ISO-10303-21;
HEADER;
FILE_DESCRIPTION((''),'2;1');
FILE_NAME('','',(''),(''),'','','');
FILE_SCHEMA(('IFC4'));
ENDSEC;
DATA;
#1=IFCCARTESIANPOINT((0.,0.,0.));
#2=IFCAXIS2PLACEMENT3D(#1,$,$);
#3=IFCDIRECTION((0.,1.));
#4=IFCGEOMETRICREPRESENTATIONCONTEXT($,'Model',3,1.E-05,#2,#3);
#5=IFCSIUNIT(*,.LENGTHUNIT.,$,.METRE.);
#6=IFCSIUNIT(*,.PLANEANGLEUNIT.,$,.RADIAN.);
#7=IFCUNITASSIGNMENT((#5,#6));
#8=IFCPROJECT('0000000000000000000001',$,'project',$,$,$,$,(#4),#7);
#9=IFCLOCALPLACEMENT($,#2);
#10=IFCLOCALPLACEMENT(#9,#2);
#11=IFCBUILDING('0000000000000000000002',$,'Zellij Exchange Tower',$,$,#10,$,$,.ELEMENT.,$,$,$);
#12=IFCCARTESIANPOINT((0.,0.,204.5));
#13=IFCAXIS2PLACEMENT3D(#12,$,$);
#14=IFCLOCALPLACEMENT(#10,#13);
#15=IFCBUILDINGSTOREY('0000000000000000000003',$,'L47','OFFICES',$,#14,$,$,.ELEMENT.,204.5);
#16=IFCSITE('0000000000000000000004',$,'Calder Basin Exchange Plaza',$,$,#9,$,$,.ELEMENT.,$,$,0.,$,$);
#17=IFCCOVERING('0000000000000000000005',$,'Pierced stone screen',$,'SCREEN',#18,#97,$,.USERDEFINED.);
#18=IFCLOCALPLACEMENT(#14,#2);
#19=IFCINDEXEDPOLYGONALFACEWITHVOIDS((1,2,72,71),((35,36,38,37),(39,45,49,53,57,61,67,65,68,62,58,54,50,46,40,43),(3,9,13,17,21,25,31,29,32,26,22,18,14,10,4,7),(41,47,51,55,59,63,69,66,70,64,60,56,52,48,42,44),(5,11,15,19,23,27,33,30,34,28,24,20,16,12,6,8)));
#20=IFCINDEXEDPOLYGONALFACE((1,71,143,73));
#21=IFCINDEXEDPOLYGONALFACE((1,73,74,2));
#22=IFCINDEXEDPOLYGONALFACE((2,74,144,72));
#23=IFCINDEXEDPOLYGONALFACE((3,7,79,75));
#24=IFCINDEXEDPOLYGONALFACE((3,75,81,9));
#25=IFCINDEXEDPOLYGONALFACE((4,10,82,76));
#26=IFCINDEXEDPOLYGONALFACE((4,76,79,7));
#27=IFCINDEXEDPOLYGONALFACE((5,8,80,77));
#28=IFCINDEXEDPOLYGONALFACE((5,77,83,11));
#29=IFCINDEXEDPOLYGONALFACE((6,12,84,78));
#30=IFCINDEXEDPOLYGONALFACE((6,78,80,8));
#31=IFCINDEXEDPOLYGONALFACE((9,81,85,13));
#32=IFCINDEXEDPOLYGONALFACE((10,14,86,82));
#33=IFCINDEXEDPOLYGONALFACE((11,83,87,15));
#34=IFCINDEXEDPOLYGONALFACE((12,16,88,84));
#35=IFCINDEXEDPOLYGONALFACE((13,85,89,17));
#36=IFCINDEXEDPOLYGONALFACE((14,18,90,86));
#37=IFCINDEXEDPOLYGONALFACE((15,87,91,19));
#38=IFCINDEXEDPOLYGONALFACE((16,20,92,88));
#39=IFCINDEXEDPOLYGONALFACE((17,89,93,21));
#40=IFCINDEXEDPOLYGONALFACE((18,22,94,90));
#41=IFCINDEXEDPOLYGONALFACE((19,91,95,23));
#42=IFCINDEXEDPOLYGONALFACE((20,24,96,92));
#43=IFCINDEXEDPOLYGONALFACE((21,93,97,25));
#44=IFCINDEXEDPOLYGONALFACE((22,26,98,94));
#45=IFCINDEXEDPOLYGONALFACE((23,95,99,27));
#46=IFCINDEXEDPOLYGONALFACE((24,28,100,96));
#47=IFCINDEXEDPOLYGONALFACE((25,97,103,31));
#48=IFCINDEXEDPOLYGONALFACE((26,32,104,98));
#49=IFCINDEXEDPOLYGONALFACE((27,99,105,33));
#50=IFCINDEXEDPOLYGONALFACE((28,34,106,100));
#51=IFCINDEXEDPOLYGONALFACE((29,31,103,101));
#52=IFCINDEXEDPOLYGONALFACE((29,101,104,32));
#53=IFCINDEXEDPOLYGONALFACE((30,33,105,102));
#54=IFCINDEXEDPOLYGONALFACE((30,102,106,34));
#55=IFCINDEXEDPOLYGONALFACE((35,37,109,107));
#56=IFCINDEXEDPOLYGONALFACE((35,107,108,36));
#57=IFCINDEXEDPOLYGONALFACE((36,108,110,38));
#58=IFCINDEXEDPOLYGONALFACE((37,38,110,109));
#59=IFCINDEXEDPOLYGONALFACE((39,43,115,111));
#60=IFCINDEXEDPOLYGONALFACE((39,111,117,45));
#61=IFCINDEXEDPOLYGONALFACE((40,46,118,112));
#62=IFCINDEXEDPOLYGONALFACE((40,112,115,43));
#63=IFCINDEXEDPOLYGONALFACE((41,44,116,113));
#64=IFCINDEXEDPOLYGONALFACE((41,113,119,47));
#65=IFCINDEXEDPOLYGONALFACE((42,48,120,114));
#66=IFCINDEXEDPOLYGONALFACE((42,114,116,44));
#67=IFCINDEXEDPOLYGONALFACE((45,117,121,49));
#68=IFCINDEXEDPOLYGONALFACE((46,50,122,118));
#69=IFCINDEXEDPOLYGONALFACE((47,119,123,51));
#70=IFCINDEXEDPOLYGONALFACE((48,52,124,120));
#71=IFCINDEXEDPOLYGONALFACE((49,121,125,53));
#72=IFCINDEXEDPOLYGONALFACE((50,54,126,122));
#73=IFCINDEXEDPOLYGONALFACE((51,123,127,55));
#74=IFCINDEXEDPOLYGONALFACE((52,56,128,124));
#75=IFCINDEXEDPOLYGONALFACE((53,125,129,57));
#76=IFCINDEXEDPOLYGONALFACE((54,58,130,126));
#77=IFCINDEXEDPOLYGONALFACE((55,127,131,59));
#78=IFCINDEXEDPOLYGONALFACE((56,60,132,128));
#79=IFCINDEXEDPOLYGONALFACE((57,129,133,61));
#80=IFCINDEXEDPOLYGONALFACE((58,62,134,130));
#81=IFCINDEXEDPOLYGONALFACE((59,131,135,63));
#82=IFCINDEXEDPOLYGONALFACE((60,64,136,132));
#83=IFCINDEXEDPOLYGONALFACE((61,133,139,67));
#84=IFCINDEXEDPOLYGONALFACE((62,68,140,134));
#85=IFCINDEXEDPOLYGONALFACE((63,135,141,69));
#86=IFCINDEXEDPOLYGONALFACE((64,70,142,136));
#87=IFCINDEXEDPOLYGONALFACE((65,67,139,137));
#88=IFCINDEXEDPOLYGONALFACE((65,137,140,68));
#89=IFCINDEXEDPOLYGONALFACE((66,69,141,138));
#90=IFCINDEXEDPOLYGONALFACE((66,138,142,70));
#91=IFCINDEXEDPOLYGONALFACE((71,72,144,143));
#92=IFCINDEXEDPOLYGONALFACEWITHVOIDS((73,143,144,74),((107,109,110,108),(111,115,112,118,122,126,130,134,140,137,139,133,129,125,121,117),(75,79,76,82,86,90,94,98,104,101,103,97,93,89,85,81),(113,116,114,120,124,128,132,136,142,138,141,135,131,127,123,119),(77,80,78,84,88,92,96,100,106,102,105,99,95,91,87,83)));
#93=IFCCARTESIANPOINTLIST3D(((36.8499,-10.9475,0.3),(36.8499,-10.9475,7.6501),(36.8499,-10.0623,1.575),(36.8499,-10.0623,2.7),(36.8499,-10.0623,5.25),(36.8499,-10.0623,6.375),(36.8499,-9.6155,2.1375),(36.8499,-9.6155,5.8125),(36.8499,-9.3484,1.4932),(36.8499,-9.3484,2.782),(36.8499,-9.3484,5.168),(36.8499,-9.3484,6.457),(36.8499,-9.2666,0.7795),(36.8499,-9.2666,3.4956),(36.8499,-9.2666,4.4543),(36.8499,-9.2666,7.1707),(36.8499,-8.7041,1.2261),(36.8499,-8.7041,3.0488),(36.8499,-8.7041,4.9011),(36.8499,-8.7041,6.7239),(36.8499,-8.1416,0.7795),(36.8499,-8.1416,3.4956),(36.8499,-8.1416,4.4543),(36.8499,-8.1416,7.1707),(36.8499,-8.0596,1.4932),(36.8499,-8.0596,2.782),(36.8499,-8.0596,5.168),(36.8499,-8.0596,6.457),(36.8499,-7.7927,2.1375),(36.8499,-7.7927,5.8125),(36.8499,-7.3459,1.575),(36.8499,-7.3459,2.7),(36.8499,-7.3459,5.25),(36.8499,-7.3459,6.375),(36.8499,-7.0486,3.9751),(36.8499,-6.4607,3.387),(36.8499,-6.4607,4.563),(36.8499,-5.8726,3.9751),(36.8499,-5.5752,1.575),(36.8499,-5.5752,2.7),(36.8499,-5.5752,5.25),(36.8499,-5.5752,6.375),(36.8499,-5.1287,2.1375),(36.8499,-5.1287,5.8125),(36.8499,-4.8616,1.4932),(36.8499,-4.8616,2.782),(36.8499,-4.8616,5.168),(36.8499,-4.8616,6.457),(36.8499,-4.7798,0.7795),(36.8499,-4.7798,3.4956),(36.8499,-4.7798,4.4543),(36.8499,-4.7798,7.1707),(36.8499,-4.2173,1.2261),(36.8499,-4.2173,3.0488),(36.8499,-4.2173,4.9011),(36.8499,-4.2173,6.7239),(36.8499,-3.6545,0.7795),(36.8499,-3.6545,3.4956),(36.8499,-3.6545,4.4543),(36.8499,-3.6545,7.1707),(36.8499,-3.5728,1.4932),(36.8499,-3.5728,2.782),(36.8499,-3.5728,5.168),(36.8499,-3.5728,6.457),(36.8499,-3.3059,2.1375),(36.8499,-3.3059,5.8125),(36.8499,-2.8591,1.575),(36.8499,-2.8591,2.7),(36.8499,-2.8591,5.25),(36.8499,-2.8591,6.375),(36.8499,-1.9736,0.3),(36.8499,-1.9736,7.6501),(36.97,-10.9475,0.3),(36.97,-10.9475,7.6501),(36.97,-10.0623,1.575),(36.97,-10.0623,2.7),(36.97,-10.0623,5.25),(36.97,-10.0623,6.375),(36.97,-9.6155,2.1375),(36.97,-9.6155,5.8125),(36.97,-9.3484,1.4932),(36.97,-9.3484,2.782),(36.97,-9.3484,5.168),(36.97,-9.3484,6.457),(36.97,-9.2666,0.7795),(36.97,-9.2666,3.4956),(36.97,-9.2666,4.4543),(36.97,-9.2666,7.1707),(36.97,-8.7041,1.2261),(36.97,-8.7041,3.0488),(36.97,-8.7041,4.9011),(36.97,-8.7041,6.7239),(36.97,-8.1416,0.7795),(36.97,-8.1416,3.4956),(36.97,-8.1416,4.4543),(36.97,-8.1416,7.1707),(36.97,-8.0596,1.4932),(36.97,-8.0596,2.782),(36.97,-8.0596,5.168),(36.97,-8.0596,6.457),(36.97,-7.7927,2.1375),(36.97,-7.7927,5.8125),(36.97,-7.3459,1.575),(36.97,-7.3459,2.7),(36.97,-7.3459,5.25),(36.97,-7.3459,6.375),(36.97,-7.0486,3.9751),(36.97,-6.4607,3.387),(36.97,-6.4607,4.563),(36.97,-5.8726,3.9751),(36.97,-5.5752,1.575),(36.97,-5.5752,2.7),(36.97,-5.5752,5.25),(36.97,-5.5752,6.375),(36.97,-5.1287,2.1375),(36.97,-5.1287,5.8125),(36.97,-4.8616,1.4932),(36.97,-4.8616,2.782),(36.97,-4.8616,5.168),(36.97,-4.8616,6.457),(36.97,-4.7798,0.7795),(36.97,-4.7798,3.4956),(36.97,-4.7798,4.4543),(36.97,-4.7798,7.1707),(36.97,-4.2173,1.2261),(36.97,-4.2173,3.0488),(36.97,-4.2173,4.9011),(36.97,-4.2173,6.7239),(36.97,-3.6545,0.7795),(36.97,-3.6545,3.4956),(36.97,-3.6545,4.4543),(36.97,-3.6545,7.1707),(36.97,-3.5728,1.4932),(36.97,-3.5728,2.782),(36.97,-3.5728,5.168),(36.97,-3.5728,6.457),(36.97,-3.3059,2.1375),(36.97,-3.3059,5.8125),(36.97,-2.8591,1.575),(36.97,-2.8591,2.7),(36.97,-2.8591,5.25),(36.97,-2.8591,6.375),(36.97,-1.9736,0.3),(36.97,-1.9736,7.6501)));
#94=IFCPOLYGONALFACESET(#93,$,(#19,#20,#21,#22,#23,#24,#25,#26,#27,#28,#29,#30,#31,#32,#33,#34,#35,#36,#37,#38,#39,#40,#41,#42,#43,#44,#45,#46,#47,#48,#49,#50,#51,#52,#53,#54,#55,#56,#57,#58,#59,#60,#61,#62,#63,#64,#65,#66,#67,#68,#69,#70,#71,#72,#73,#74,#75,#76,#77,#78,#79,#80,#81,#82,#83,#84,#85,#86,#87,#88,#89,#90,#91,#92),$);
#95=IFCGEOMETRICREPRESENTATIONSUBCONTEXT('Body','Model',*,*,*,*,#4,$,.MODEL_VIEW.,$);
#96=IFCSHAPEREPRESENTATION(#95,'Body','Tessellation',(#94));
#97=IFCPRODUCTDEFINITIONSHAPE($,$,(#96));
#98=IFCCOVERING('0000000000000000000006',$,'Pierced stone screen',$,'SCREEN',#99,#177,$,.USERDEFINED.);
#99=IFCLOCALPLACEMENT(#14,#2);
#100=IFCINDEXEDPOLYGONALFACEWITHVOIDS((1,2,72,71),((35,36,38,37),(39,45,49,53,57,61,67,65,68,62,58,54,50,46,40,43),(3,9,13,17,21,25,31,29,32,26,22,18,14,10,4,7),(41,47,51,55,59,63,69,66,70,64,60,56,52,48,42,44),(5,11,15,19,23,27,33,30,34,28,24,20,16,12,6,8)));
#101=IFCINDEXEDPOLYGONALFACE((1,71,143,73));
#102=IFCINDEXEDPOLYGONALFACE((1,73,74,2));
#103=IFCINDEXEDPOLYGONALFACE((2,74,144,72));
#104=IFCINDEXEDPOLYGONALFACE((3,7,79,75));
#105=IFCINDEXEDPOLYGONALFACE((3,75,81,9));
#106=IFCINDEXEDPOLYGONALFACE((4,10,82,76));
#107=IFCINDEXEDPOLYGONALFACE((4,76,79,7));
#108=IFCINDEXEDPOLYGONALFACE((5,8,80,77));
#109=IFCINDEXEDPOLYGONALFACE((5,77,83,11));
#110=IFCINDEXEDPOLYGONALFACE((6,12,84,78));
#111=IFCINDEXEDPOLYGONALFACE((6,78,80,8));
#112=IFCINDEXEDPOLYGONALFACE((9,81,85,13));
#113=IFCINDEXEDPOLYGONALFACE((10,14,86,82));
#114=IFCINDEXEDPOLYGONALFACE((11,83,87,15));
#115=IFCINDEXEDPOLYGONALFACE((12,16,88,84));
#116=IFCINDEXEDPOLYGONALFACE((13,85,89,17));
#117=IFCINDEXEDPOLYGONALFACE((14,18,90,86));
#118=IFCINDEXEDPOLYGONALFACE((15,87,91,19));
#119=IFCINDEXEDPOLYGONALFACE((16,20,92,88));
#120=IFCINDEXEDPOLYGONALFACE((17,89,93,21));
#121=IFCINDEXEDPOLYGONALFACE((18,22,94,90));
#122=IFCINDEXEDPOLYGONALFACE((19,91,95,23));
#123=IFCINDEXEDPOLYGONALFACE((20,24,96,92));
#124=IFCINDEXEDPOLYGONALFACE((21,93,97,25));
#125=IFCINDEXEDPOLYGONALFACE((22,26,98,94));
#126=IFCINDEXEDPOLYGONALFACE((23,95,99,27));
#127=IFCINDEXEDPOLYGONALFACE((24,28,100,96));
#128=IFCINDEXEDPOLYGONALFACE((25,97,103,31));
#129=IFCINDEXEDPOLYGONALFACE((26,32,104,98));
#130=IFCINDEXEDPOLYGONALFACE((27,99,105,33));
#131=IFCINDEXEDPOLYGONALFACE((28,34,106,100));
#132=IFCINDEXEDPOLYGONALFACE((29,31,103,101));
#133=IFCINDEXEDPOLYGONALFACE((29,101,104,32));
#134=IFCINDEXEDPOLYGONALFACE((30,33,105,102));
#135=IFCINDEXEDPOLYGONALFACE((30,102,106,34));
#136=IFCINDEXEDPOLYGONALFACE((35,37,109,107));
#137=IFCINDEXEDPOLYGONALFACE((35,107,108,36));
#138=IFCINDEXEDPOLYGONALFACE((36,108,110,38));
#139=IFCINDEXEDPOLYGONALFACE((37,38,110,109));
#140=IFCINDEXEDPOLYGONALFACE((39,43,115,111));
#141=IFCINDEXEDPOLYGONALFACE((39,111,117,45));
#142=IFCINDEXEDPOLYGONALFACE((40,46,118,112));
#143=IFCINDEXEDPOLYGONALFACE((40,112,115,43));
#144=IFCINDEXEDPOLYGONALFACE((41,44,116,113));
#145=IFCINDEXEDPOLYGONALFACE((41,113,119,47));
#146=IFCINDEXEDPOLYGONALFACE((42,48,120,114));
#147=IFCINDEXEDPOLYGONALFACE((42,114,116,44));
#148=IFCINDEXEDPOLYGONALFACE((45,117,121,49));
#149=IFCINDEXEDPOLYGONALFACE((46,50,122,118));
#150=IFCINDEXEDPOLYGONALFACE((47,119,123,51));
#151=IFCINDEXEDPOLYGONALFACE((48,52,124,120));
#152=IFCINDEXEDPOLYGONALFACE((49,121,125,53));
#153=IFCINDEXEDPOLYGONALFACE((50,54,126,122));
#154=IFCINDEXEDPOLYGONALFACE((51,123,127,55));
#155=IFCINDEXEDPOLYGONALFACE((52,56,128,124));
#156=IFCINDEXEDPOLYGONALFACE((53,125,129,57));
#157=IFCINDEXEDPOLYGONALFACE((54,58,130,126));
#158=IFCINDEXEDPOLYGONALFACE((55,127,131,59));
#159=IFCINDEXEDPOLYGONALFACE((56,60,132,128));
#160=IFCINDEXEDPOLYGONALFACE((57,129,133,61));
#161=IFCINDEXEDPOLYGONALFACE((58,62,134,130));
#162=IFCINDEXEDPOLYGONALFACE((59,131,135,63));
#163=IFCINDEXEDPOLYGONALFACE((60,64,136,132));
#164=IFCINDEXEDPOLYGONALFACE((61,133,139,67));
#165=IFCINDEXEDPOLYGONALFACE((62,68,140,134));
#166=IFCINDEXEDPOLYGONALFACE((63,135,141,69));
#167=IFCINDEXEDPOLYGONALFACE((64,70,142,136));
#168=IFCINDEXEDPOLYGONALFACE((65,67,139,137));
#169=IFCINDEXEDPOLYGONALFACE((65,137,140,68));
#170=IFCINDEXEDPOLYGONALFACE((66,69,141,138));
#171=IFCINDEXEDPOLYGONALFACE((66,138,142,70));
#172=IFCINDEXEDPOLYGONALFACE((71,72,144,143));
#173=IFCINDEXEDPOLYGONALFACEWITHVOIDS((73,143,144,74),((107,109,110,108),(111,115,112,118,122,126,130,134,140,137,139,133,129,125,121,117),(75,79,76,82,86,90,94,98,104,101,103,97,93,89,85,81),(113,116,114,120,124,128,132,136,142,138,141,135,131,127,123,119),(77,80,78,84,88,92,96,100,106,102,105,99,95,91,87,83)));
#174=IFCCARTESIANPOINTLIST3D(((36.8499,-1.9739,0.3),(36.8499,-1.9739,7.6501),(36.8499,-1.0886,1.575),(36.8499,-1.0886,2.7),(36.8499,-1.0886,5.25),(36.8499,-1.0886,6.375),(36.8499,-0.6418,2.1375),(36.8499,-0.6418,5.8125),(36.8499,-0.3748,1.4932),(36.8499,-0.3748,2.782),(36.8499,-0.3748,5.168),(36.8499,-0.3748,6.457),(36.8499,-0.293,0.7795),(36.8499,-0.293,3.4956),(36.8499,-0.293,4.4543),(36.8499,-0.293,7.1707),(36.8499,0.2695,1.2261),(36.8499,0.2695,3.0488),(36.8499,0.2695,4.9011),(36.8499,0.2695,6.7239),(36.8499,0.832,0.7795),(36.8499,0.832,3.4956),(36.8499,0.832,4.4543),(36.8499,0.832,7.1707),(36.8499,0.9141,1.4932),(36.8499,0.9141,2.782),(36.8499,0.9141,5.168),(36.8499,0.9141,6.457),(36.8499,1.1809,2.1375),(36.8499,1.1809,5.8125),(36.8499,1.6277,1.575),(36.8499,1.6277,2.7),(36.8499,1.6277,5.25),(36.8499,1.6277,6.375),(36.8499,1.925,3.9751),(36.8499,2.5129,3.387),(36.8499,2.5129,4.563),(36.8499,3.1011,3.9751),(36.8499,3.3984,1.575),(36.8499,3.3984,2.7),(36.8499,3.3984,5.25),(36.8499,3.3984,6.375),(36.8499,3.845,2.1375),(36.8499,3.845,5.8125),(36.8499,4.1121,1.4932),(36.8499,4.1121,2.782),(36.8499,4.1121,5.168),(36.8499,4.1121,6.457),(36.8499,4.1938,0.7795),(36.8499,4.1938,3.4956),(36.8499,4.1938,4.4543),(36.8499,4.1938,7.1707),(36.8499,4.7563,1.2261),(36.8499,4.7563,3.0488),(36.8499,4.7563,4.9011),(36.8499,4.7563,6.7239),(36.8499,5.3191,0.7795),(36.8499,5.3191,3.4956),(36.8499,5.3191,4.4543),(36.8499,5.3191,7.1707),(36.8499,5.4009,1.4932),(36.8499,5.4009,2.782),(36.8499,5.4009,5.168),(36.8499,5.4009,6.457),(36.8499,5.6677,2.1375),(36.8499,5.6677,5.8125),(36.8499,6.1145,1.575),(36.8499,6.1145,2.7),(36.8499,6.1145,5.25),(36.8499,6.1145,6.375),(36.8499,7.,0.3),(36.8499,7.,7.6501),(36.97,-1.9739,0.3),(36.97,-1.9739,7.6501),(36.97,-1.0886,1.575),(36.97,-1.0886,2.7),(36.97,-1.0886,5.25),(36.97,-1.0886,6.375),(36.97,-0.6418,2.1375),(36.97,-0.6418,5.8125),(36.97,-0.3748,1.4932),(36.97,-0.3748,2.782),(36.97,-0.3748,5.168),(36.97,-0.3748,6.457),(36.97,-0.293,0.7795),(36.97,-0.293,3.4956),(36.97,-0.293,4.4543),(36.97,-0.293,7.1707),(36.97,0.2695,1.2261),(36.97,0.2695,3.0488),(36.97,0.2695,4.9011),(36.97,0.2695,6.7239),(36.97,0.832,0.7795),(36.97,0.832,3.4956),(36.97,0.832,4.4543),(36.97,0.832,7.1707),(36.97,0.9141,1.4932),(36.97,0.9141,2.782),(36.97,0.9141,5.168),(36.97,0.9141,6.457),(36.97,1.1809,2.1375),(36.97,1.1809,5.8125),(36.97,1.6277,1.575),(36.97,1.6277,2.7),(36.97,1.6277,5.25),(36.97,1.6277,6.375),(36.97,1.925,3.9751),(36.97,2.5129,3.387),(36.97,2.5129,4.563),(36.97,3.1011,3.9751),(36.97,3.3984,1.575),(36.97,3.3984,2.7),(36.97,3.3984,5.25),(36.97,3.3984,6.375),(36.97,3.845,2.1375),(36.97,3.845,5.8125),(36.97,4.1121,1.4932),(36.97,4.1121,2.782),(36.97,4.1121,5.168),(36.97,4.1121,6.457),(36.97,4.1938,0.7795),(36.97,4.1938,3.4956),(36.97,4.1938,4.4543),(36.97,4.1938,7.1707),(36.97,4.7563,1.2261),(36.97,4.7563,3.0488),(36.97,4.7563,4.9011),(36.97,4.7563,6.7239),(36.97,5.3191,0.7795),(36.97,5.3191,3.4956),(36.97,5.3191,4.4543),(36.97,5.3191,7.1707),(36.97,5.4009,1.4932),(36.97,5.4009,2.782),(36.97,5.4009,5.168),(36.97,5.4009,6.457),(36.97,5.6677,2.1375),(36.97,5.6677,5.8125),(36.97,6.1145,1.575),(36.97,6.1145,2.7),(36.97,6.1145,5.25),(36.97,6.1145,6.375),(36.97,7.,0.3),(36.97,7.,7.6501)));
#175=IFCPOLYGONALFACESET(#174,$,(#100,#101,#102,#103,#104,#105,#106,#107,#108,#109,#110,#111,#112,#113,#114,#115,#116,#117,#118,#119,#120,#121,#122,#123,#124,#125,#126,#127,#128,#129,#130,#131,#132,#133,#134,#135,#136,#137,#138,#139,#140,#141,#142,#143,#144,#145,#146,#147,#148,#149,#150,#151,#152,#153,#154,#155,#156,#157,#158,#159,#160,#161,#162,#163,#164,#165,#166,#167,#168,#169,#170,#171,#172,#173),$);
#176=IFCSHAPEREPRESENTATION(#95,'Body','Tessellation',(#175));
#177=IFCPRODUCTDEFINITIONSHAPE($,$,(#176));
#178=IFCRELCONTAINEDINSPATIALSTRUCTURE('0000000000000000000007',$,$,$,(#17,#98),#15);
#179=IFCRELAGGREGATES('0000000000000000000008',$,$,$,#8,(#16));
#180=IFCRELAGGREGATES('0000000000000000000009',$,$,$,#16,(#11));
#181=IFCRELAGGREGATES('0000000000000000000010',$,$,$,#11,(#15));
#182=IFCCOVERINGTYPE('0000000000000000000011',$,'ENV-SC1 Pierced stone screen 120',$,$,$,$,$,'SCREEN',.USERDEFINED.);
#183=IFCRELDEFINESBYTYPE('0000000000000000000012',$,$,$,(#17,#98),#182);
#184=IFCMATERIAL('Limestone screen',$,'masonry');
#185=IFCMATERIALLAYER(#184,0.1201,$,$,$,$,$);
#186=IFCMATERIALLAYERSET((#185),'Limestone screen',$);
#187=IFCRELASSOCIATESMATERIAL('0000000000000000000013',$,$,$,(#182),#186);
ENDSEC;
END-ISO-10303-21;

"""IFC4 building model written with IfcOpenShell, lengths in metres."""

from ifc_helpers import new_model, si_unit, direction, frame, origin, place, context, subcontext, project, spatial, polyline, outline, extrude, material, layer, layer_set, type_object, element, save


model = new_model("IFC4")

# Units and contexts
model_context = context("Model", 3, precision=1e-05, world=origin(), true_north=direction((0.0, 1.0)))
body_context = subcontext(model_context, "Body", "Model", "MODEL_VIEW")
ifc_project = project(units=[si_unit("LENGTHUNIT", "METRE"), si_unit("PLANEANGLEUNIT", "RADIAN")], contexts=[model_context])

# Site, building, storey
site_placement = place(None, origin())
site = spatial("IfcSite", under=ifc_project, at=site_placement, Name="Calder Basin Exchange Plaza", CompositionType="ELEMENT", RefElevation=0.0)
building_placement = place(site_placement, origin())
building = spatial("IfcBuilding", under=site, at=building_placement, Name="Zellij Exchange Tower", CompositionType="ELEMENT")
storey_placement = place(building_placement, frame((0.0, 0.0, 204.5)))
storey = spatial("IfcBuildingStorey", under=building, at=storey_placement, Name="L47", Description="OFFICES", CompositionType="ELEMENT", Elevation=204.5)

# Coverings
ifc_material_1 = material(Name="Limestone screen", Category="masonry")
ifc_layer_1 = layer(ifc_material_1, 0.1201)
ifc_layer_set_1 = layer_set([ifc_layer_1], Name="Limestone screen")
covering_type = type_object("IfcCoveringType", Name="ENV-SC1 Pierced stone screen 120", ElementType="SCREEN", PredefinedType="USERDEFINED", material=ifc_layer_set_1)
covering_1_placement = place(storey_placement, frame((36.9099, -10.9475, 0.3), z_axis=(0.0, 0.0, 1.0), x_axis=(0.0, 1.0, 0.0)))
element("IfcCovering", 1, at=covering_1_placement, inside=storey, type_object=covering_type, Name="Pierced stone screen", ObjectType="SCREEN", PredefinedType="USERDEFINED", context=body_context, shape_type="SweptSolid", body=[
    extrude(outline(polyline([(0.0, 0.0), (8.9739, 0.0), (8.9739, 7.3501), (0.0, 7.3501), (0.0, 0.0)]), holes=[polyline([(3.6016, 2.3999), (2.8879, 2.4819), (2.8059, 3.1956), (2.2434, 2.7488), (1.6809, 3.1956), (1.5991, 2.4819), (0.8853, 2.3999), (1.332, 1.8374), (0.8853, 1.2749), (1.5991, 1.1931), (1.6809, 0.4795), (2.2434, 0.926), (2.8059, 0.4795), (2.8879, 1.1931), (3.6016, 1.2749), (3.1548, 1.8374), (3.6016, 2.3999)]), polyline([(3.6016, 6.075), (2.8879, 6.157), (2.8059, 6.8706), (2.2434, 6.4238), (1.6809, 6.8706), (1.5991, 6.157), (0.8853, 6.075), (1.332, 5.5125), (0.8853, 4.95), (1.5991, 4.8679), (1.6809, 4.1543), (2.2434, 4.6011), (2.8059, 4.1543), (2.8879, 4.8679), (3.6016, 4.95), (3.1548, 5.5125), (3.6016, 6.075)]), polyline([(8.0884, 2.3999), (7.3748, 2.4819), (7.293, 3.1956), (6.7302, 2.7488), (6.1677, 3.1956), (6.0859, 2.4819), (5.3723, 2.3999), (5.8188, 1.8374), (5.3723, 1.2749), (6.0859, 1.1931), (6.1677, 0.4795), (6.7302, 0.926), (7.293, 0.4795), (7.3748, 1.1931), (8.0884, 1.2749), (7.6416, 1.8374), (8.0884, 2.3999)]), polyline([(8.0884, 6.075), (7.3748, 6.157), (7.293, 6.8706), (6.7302, 6.4238), (6.1677, 6.8706), (6.0859, 6.157), (5.3723, 6.075), (5.8188, 5.5125), (5.3723, 4.95), (6.0859, 4.8679), (6.1677, 4.1543), (6.7302, 4.6011), (7.293, 4.1543), (7.3748, 4.8679), (8.0884, 4.95), (7.6416, 5.5125), (8.0884, 6.075)]), polyline([(5.075, 3.675), (4.4868, 4.2629), (3.8989, 3.675), (4.4868, 3.0869), (5.075, 3.675)])]), frame((0.0, 0.0601, 0.0), z_axis=(0.0, -1.0, 0.0), x_axis=(1.0, 0.0, 0.0)), (0.0, 0.0, 1.0), 0.1201),
])
covering_2_placement = place(storey_placement, frame((36.9099, -1.9739, 0.3), z_axis=(0.0, 0.0, 1.0), x_axis=(0.0, 1.0, 0.0)))
element("IfcCovering", 2, at=covering_2_placement, inside=storey, type_object=covering_type, Name="Pierced stone screen", ObjectType="SCREEN", PredefinedType="USERDEFINED", context=body_context, shape_type="SweptSolid", body=[
    extrude(outline(polyline([(0.0, 0.0), (8.9739, 0.0), (8.9739, 7.3501), (0.0, 7.3501), (0.0, 0.0)]), holes=[polyline([(3.6016, 2.3999), (2.8879, 2.4819), (2.8059, 3.1956), (2.2434, 2.7488), (1.6809, 3.1956), (1.5991, 2.4819), (0.8853, 2.3999), (1.332, 1.8374), (0.8853, 1.2749), (1.5991, 1.1931), (1.6809, 0.4795), (2.2434, 0.926), (2.8059, 0.4795), (2.8879, 1.1931), (3.6016, 1.2749), (3.1548, 1.8374), (3.6016, 2.3999)]), polyline([(3.6016, 6.075), (2.8879, 6.157), (2.8059, 6.8706), (2.2434, 6.4238), (1.6809, 6.8706), (1.5991, 6.157), (0.8853, 6.075), (1.332, 5.5125), (0.8853, 4.95), (1.5991, 4.8679), (1.6809, 4.1543), (2.2434, 4.6011), (2.8059, 4.1543), (2.8879, 4.8679), (3.6016, 4.95), (3.1548, 5.5125), (3.6016, 6.075)]), polyline([(8.0884, 2.3999), (7.3748, 2.4819), (7.293, 3.1956), (6.7302, 2.7488), (6.1677, 3.1956), (6.0859, 2.4819), (5.3723, 2.3999), (5.8188, 1.8374), (5.3723, 1.2749), (6.0859, 1.1931), (6.1677, 0.4795), (6.7302, 0.926), (7.293, 0.4795), (7.3748, 1.1931), (8.0884, 1.2749), (7.6416, 1.8374), (8.0884, 2.3999)]), polyline([(8.0884, 6.075), (7.3748, 6.157), (7.293, 6.8706), (6.7302, 6.4238), (6.1677, 6.8706), (6.0859, 6.157), (5.3723, 6.075), (5.8188, 5.5125), (5.3723, 4.95), (6.0859, 4.8679), (6.1677, 4.1543), (6.7302, 4.6011), (7.293, 4.1543), (7.3748, 4.8679), (8.0884, 4.95), (7.6416, 5.5125), (8.0884, 6.075)]), polyline([(5.075, 3.675), (4.4868, 4.2629), (3.8989, 3.675), (4.4868, 3.0869), (5.075, 3.675)])]), frame((0.0, 0.0601, 0.0), z_axis=(0.0, -1.0, 0.0), x_axis=(1.0, 0.0, 0.0)), (0.0, 0.0, 1.0), 0.1201),
])

save(model, "model.ifc")
